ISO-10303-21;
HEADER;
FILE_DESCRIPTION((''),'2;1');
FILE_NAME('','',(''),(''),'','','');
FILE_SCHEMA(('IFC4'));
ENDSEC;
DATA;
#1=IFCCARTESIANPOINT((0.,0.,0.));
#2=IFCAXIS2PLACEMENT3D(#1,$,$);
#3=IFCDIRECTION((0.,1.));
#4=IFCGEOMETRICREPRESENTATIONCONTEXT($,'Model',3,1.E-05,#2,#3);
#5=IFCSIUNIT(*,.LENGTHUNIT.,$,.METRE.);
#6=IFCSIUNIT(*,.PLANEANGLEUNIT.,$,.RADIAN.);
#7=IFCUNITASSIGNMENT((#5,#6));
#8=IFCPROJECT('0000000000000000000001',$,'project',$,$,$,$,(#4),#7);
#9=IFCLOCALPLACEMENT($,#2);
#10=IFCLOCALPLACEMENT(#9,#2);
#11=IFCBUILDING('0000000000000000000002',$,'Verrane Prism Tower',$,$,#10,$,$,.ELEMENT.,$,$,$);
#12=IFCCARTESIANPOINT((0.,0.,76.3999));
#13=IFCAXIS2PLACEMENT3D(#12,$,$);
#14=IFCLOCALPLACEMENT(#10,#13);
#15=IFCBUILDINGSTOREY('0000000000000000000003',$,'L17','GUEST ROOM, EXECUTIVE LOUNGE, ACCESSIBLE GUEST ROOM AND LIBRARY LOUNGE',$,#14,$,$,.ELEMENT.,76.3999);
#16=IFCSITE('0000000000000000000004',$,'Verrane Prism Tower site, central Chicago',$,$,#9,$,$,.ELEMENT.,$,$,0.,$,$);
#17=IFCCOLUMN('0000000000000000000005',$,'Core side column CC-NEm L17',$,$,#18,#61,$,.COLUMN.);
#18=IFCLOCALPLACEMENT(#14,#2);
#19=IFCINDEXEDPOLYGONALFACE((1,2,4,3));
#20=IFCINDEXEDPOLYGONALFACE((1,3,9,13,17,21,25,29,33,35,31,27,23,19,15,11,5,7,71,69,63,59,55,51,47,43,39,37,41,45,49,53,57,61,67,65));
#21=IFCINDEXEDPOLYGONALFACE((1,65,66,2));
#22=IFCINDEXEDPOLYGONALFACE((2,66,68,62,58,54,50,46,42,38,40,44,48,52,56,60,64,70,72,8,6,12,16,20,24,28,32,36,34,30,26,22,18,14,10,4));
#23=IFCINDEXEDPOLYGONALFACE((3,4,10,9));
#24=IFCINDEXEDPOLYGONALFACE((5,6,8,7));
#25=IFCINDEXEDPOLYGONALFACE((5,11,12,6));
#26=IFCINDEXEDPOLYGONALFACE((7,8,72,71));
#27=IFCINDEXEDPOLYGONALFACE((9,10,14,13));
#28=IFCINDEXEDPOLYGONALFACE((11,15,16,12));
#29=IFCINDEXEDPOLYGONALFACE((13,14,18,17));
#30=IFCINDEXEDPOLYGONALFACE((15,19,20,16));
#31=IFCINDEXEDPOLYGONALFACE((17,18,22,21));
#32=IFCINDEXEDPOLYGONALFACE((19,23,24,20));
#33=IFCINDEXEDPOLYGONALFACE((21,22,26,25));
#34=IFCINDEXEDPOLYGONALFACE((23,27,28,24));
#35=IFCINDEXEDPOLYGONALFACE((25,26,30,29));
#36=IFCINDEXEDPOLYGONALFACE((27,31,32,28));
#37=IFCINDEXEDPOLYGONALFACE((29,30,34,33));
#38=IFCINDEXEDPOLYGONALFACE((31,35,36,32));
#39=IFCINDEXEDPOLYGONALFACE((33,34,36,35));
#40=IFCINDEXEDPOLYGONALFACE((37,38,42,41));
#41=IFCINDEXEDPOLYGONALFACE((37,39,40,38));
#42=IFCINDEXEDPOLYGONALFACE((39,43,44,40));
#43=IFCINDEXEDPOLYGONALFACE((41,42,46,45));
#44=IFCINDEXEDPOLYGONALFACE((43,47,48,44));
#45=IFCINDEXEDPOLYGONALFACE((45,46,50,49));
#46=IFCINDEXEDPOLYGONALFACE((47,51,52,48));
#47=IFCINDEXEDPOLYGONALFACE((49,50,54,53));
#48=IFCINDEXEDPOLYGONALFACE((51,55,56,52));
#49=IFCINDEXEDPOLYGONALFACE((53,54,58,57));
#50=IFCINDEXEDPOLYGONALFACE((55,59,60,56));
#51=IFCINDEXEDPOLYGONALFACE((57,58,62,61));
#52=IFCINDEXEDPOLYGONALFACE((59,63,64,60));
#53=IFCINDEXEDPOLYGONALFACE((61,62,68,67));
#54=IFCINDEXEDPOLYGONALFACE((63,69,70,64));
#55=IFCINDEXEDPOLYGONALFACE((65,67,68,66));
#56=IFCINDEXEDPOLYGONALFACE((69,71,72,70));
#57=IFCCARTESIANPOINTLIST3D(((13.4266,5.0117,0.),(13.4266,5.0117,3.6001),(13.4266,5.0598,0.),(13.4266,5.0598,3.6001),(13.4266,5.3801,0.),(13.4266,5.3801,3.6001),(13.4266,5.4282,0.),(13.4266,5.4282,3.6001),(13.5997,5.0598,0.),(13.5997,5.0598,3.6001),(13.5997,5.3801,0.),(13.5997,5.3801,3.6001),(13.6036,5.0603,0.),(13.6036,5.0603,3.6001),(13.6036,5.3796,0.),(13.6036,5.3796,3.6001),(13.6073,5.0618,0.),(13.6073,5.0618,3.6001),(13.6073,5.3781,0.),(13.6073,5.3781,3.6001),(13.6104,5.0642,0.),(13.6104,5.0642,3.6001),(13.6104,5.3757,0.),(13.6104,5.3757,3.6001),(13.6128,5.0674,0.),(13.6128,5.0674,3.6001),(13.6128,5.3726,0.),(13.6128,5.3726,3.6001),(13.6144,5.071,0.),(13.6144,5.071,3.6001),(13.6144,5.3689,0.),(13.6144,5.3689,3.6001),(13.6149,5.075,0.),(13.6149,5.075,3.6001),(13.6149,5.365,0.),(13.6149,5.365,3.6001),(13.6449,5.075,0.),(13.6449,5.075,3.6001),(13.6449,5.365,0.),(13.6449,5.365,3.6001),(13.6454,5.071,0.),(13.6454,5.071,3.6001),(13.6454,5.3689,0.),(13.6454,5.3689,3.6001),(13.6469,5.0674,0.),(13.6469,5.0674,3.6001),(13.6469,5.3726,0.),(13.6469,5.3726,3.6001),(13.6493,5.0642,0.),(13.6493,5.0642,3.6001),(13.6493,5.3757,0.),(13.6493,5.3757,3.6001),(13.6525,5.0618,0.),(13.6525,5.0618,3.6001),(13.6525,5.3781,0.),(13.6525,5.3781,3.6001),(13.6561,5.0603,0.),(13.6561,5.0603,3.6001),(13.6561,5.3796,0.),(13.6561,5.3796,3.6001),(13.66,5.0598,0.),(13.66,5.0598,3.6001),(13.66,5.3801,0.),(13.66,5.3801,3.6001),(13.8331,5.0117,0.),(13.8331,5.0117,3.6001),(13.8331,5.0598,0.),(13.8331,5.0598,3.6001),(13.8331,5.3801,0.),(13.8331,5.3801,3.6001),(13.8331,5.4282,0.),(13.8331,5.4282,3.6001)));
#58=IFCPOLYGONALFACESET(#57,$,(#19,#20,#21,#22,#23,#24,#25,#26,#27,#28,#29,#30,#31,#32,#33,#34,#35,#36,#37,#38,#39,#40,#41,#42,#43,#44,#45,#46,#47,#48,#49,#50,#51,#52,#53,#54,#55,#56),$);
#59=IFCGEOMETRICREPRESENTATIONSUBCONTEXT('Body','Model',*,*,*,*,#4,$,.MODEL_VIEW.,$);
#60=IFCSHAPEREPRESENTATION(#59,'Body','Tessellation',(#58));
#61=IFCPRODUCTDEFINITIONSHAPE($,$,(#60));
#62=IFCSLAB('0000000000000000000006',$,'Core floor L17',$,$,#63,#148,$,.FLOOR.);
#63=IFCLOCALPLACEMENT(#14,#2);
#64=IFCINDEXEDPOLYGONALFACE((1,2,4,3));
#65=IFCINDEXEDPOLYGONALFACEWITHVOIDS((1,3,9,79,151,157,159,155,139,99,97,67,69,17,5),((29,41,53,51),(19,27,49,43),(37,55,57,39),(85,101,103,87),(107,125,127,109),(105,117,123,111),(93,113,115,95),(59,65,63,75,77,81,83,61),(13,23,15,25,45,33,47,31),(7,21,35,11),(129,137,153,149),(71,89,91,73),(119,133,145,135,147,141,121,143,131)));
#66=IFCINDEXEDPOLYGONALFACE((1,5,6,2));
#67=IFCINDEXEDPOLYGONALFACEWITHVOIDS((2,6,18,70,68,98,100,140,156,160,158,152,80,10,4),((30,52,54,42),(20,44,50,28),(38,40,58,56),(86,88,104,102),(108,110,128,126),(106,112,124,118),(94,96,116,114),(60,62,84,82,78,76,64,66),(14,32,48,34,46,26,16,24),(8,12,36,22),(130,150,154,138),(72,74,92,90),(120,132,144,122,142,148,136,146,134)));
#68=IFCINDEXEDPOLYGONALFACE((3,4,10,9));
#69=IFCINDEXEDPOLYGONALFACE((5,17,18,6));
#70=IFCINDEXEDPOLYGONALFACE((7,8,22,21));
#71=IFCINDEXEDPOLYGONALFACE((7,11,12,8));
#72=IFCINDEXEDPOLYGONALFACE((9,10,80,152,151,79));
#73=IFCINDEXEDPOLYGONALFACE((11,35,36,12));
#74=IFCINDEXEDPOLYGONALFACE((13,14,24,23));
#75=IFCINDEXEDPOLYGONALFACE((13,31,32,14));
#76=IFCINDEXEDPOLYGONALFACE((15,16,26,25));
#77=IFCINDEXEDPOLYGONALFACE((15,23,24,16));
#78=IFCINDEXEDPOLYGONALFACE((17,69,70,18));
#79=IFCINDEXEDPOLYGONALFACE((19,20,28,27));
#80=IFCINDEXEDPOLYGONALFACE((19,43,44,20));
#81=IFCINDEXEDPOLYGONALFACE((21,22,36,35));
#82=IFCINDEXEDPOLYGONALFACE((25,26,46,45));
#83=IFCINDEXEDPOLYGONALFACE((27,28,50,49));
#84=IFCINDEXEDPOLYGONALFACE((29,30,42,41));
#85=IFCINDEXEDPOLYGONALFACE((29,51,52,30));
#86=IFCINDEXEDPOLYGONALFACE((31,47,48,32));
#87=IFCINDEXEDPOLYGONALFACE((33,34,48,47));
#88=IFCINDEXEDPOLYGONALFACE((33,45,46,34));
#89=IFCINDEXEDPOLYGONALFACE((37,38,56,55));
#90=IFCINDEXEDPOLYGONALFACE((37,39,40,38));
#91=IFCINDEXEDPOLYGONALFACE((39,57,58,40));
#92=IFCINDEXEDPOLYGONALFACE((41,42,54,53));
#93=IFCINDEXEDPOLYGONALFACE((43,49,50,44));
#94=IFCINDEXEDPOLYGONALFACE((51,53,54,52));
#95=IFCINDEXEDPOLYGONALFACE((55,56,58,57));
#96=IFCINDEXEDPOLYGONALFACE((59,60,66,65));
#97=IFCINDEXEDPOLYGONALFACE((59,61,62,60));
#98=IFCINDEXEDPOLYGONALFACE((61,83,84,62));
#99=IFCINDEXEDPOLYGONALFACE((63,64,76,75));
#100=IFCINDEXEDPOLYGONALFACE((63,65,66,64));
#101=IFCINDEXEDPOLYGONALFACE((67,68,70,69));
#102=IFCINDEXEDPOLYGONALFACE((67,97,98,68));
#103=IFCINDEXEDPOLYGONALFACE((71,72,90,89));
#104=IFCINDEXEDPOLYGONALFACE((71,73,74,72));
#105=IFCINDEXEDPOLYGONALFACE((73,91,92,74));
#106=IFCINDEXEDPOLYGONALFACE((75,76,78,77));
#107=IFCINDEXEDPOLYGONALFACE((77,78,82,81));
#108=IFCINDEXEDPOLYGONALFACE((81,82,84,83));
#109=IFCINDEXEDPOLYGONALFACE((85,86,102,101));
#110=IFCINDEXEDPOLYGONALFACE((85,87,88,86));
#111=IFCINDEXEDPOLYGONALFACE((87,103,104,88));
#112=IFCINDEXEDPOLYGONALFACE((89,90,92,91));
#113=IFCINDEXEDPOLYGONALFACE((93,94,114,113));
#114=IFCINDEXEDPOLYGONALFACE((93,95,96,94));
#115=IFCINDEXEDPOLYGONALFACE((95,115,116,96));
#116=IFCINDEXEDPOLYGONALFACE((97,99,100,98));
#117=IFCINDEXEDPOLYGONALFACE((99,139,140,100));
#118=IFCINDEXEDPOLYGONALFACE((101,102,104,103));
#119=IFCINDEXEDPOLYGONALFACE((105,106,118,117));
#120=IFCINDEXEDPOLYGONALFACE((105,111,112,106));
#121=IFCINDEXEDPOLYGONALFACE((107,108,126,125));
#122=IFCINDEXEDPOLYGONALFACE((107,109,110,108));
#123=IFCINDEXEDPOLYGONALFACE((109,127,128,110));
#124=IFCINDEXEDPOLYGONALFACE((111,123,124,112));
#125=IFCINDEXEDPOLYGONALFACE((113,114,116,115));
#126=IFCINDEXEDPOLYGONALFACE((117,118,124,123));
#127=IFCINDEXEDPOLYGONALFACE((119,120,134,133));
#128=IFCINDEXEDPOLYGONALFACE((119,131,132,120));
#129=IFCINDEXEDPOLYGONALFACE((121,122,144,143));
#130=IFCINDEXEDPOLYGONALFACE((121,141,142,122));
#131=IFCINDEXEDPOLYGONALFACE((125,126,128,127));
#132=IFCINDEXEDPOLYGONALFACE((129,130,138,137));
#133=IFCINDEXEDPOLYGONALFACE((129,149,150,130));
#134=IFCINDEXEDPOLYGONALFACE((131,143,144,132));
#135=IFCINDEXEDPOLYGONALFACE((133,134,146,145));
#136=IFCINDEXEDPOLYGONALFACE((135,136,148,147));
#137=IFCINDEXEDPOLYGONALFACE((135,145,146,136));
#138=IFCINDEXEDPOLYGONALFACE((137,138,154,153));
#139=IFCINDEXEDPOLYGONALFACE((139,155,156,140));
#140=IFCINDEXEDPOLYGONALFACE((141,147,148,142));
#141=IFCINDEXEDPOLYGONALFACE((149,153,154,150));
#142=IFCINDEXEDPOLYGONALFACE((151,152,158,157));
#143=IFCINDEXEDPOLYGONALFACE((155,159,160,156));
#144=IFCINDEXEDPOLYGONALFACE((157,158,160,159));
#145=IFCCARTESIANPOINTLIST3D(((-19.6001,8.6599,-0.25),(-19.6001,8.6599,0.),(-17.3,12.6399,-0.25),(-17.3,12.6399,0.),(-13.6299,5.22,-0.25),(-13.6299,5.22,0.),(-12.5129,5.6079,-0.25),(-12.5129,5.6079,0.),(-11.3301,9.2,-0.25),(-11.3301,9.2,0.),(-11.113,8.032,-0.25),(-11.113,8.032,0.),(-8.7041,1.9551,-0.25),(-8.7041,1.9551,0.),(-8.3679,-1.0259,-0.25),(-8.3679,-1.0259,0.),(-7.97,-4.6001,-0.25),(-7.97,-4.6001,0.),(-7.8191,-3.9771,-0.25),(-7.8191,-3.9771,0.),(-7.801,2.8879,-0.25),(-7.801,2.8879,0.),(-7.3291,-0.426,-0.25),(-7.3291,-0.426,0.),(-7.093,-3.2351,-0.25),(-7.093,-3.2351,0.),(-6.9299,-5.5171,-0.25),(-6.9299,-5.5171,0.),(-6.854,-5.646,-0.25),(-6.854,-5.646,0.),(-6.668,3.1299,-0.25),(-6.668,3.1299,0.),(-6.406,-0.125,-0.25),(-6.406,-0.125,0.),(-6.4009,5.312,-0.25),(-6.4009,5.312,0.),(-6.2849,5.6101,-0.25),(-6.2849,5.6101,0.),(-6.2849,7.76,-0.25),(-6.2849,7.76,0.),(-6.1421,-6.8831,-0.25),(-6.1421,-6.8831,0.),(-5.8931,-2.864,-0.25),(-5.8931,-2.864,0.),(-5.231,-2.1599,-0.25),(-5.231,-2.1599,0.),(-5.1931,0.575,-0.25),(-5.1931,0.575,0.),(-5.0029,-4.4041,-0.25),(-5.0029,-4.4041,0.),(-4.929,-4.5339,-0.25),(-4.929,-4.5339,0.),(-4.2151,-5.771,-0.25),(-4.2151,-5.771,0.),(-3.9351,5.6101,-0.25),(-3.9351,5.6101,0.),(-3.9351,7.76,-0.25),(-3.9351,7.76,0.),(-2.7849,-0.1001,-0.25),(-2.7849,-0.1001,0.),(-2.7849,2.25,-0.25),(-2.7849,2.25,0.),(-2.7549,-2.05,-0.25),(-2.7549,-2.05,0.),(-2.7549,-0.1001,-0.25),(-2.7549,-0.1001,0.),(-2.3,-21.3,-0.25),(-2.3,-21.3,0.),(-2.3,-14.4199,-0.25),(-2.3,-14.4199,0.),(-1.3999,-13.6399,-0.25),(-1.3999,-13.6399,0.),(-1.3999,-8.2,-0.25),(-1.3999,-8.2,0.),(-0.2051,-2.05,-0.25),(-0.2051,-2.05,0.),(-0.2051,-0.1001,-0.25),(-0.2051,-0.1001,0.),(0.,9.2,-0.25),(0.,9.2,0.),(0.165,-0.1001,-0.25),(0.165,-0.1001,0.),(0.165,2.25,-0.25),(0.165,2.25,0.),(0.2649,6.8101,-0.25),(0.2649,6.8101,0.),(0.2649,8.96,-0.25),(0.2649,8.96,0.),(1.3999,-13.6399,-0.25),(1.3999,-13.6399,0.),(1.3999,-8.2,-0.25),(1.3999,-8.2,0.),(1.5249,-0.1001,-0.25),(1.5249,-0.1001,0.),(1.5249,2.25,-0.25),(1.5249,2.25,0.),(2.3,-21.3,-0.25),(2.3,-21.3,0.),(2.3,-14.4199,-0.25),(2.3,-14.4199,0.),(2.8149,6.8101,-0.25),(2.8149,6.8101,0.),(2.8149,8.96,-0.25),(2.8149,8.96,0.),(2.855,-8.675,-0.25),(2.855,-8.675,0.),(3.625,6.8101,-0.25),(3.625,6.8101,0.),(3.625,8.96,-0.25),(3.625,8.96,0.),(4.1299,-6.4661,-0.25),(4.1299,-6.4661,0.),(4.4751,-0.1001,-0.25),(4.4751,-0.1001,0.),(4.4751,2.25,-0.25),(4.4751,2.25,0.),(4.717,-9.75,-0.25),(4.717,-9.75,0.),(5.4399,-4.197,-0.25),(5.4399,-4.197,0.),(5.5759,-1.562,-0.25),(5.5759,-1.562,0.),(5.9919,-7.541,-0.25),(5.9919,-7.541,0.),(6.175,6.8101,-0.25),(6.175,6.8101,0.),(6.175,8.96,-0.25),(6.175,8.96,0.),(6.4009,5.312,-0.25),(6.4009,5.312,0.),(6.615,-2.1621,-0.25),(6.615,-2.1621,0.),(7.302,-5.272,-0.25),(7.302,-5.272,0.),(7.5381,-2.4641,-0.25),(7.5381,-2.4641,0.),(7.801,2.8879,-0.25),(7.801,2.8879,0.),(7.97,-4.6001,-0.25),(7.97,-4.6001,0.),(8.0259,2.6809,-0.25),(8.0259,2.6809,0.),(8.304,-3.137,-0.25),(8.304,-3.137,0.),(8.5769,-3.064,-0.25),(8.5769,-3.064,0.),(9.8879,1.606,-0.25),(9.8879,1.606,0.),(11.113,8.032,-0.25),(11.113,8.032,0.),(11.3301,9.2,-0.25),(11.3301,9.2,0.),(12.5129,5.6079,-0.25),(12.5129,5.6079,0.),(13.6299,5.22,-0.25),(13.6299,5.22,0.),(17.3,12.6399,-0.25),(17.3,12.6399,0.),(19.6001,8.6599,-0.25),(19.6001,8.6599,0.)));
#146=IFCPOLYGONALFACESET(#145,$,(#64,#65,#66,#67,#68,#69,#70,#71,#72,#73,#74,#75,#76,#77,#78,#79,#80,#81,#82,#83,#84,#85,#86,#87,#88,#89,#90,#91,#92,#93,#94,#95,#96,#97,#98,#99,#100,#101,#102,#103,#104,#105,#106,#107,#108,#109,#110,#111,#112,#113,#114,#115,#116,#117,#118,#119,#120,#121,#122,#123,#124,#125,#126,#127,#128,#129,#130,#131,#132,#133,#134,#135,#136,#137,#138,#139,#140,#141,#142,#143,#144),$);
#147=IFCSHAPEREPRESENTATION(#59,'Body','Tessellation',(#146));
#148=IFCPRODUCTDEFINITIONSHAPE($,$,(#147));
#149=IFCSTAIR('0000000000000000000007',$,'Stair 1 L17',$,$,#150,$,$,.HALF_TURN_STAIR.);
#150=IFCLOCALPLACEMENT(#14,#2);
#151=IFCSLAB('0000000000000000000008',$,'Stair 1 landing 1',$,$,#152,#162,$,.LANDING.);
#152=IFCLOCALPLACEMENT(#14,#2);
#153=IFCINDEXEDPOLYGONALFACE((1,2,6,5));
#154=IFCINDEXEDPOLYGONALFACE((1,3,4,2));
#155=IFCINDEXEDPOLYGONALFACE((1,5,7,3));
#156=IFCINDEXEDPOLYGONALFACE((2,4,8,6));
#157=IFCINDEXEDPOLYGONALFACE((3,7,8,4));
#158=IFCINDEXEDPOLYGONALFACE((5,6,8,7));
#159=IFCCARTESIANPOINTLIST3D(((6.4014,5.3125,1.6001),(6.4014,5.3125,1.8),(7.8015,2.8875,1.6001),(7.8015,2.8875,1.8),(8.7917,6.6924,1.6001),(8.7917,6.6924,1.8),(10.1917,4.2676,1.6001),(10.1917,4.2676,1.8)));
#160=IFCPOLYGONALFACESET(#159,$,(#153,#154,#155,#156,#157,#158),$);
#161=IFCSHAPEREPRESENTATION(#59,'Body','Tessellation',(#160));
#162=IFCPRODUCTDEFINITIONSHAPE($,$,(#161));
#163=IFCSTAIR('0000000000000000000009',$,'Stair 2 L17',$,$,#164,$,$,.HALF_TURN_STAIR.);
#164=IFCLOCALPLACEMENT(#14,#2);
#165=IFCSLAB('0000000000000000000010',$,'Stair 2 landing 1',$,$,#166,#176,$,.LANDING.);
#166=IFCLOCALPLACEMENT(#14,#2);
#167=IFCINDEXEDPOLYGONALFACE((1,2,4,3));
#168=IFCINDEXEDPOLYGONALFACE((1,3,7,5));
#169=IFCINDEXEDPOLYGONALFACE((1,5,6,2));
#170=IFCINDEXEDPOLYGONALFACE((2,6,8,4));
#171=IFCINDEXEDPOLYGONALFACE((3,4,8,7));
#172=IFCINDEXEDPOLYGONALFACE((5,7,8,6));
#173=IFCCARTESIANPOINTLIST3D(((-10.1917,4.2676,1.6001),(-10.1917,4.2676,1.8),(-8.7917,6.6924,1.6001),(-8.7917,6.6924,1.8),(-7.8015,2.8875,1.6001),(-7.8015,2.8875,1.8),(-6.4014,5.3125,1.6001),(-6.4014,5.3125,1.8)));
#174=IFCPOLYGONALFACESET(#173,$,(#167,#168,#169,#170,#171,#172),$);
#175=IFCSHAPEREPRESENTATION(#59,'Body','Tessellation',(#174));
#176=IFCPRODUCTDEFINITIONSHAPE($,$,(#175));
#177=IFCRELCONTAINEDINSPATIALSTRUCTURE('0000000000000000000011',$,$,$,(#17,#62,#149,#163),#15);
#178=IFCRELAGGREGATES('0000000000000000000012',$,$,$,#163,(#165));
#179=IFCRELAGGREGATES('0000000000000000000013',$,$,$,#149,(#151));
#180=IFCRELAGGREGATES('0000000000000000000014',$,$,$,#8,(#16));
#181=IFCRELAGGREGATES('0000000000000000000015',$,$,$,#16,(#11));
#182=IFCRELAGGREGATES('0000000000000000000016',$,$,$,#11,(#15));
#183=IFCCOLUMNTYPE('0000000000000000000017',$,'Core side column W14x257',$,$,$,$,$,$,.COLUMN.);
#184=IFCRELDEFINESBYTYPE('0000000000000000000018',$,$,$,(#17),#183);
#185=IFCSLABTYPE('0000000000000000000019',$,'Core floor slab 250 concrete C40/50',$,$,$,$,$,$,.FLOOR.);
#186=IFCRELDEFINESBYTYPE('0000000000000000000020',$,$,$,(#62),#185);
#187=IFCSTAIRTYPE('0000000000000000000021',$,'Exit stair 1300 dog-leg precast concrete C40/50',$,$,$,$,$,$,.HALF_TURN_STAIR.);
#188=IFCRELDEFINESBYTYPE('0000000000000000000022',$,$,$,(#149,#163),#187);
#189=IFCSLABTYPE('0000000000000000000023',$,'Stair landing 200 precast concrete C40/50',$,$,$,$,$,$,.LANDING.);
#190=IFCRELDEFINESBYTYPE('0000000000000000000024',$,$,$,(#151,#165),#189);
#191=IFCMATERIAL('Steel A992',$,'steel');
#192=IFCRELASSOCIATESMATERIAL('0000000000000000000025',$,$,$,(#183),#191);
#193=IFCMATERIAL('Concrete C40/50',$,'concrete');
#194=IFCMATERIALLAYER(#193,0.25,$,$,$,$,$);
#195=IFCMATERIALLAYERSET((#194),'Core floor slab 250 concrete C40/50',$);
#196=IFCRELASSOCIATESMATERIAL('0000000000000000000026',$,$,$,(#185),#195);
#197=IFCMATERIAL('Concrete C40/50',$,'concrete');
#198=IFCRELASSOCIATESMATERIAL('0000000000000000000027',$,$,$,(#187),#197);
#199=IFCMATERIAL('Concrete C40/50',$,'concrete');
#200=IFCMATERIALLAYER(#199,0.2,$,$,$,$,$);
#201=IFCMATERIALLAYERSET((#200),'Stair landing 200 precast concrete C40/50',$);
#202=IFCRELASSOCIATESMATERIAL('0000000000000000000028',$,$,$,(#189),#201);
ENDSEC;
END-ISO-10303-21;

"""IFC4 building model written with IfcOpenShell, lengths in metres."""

from ifc_helpers import new_model, si_unit, direction, frame, origin, origin_2d, place, context, subcontext, project, spatial, polyline, i_section, outline, extrude, material, layer, layer_set, material_profile, profile_set, type_object, element, aggregate, save


model = new_model("IFC4")

# Units and contexts
model_context = context("Model", 3, precision=1e-05, world=origin(), true_north=direction((0.0, 1.0)))
body_context = subcontext(model_context, "Body", "Model", "MODEL_VIEW")
ifc_project = project(units=[si_unit("LENGTHUNIT", "METRE"), si_unit("PLANEANGLEUNIT", "RADIAN")], contexts=[model_context])

# Site, building, storey
site_placement = place(None, origin())
site = spatial("IfcSite", under=ifc_project, at=site_placement, Name="Verrane Prism Tower site, central Chicago", CompositionType="ELEMENT", RefElevation=0.0)
building_placement = place(site_placement, origin())
building = spatial("IfcBuilding", under=site, at=building_placement, Name="Verrane Prism Tower", CompositionType="ELEMENT")
storey_placement = place(building_placement, frame((0.0, 0.0, 76.3999)))
storey = spatial("IfcBuildingStorey", under=building, at=storey_placement, Name="L17", Description="GUEST ROOM, EXECUTIVE LOUNGE, ACCESSIBLE GUEST ROOM AND LIBRARY LOUNGE", CompositionType="ELEMENT", Elevation=76.3999)

# Column
ifc_material_1 = material(Name="Steel A992", Category="steel")
ifc_material_profile = material_profile(ifc_material_1, i_section(OverallWidth=0.4065, OverallDepth=0.4165, WebThickness=0.03, FlangeThickness=0.0481, FilletRadius=0.0151, at=origin_2d()), Name="W14x257")
ifc_profile_set = profile_set([ifc_material_profile], Name="Steel A992")
column_type = type_object("IfcColumnType", Name="Core side column W14x257", PredefinedType="COLUMN", material=ifc_profile_set)
column_placement = place(storey_placement, frame((13.6299, 5.22, 0.0), z_axis=(0.0, 0.0, 1.0), x_axis=(1.0, 0.0, 0.0)))
element("IfcColumn", 1, at=column_placement, inside=storey, type_object=column_type, Name="Core side column CC-NEm L17", PredefinedType="COLUMN", context=body_context, shape_type="SweptSolid", body=[
    extrude(i_section(OverallWidth=0.4065, OverallDepth=0.4165, WebThickness=0.03, FlangeThickness=0.0481, FilletRadius=0.0151, at=origin_2d()), origin(), (0.0, 0.0, 1.0), 3.6001),
])

# Slab
ifc_material_2 = material(Name="Concrete C40/50", Category="concrete")
ifc_layer_1 = layer(ifc_material_2, 0.25)
ifc_layer_set_1 = layer_set([ifc_layer_1], Name="Core floor slab 250 concrete C40/50")
slab_type_1 = type_object("IfcSlabType", Name="Core floor slab 250 concrete C40/50", PredefinedType="FLOOR", material=ifc_layer_set_1)
slab_1_placement = place(storey_placement, frame((0.0, 0.0, -0.25)))
element("IfcSlab", 2, at=slab_1_placement, inside=storey, type_object=slab_type_1, Name="Core floor L17", PredefinedType="FLOOR", context=body_context, shape_type="SweptSolid", body=[
    extrude(outline(polyline([(13.6299, 5.22), (19.6001, 8.6599), (17.3, 12.6399), (11.3301, 9.2), (0.0, 9.2), (-11.3301, 9.2), (-17.3, 12.6399), (-19.6001, 8.6599), (-13.6299, 5.22), (-7.97, -4.6001), (-2.3, -14.4199), (-2.3, -21.3), (2.3, -21.3), (2.3, -14.4199), (7.97, -4.6001), (13.6299, 5.22)]), holes=[polyline([(1.3999, -8.2), (1.3999, -13.6399), (-1.3999, -13.6399), (-1.3999, -8.2), (1.3999, -8.2)]), polyline([(-4.2151, -5.771), (-6.1421, -6.8831), (-6.854, -5.646), (-4.929, -4.5339), (-4.2151, -5.771)]), polyline([(-5.0029, -4.4041), (-6.9299, -5.5171), (-7.8191, -3.9771), (-5.8931, -2.864), (-5.0029, -4.4041)]), polyline([(0.165, 2.25), (0.165, -0.1001), (-0.2051, -0.1001), (-0.2051, -2.05), (-2.7549, -2.05), (-2.7549, -0.1001), (-2.7849, -0.1001), (-2.7849, 2.25), (0.165, 2.25)]), polyline([(-12.5129, 5.6079), (-11.113, 8.032), (-6.4009, 5.312), (-7.801, 2.8879), (-12.5129, 5.6079)]), polyline([(-6.2849, 5.6101), (-6.2849, 7.76), (-3.9351, 7.76), (-3.9351, 5.6101), (-6.2849, 5.6101)]), polyline([(4.717, -9.75), (2.855, -8.675), (4.1299, -6.4661), (5.9919, -7.541), (4.717, -9.75)]), polyline([(8.304, -3.137), (5.5759, -1.562), (8.0259, 2.6809), (9.8879, 1.606), (7.5381, -2.4641), (8.5769, -3.064), (7.302, -5.272), (5.4399, -4.197), (6.615, -2.1621), (8.304, -3.137)]), polyline([(1.5249, -0.1001), (1.5249, 2.25), (4.4751, 2.25), (4.4751, -0.1001), (1.5249, -0.1001)]), polyline([(6.4009, 5.312), (11.113, 8.032), (12.5129, 5.6079), (7.801, 2.8879), (6.4009, 5.312)]), polyline([(0.2649, 6.8101), (0.2649, 8.96), (2.8149, 8.96), (2.8149, 6.8101), (0.2649, 6.8101)]), polyline([(3.625, 6.8101), (3.625, 8.96), (6.175, 8.96), (6.175, 6.8101), (3.625, 6.8101)]), polyline([(-5.231, -2.1599), (-7.093, -3.2351), (-8.3679, -1.0259), (-7.3291, -0.426), (-8.7041, 1.9551), (-6.668, 3.1299), (-5.1931, 0.575), (-6.406, -0.125), (-5.231, -2.1599)])]), origin(), (0.0, 0.0, 1.0), 0.25),
])

# Stairs, slabs
ifc_material_3 = material(Name="Concrete C40/50", Category="concrete")
stair_type = type_object("IfcStairType", Name="Exit stair 1300 dog-leg precast concrete C40/50", PredefinedType="HALF_TURN_STAIR", material=ifc_material_3)
stair_1_placement = place(storey_placement, origin())
stair_1 = element("IfcStair", 3, at=stair_1_placement, inside=storey, type_object=stair_type, Name="Stair 1 L17", PredefinedType="HALF_TURN_STAIR")
ifc_material_4 = material(Name="Concrete C40/50", Category="concrete")
ifc_layer_2 = layer(ifc_material_4, 0.2)
ifc_layer_set_2 = layer_set([ifc_layer_2], Name="Stair landing 200 precast concrete C40/50")
slab_type_2 = type_object("IfcSlabType", Name="Stair landing 200 precast concrete C40/50", PredefinedType="LANDING", material=ifc_layer_set_2)
slab_2_placement = place(storey_placement, frame((0.0, 0.0, 1.6001)))
slab_2 = element("IfcSlab", 4, at=slab_2_placement, type_object=slab_type_2, Name="Stair 1 landing 1", PredefinedType="LANDING", context=body_context, shape_type="SweptSolid", body=[
    extrude(outline(polyline([(8.7917, 6.6924), (6.4014, 5.3125), (7.8015, 2.8875), (10.1917, 4.2676), (8.7917, 6.6924)])), origin(), (0.0, 0.0, 1.0), 0.2),
])
stair_2_placement = place(storey_placement, origin())
stair_2 = element("IfcStair", 5, at=stair_2_placement, inside=storey, type_object=stair_type, Name="Stair 2 L17", PredefinedType="HALF_TURN_STAIR")
slab_3_placement = place(storey_placement, frame((0.0, 0.0, 1.6001)))
slab_3 = element("IfcSlab", 6, at=slab_3_placement, type_object=slab_type_2, Name="Stair 2 landing 1", PredefinedType="LANDING", context=body_context, shape_type="SweptSolid", body=[
    extrude(outline(polyline([(-10.1917, 4.2676), (-7.8015, 2.8875), (-6.4014, 5.3125), (-8.7917, 6.6924), (-10.1917, 4.2676)])), origin(), (0.0, 0.0, 1.0), 0.2),
])
aggregate(stair_2, [slab_3])

aggregate(stair_1, [slab_2])

save(model, "model.ifc")
